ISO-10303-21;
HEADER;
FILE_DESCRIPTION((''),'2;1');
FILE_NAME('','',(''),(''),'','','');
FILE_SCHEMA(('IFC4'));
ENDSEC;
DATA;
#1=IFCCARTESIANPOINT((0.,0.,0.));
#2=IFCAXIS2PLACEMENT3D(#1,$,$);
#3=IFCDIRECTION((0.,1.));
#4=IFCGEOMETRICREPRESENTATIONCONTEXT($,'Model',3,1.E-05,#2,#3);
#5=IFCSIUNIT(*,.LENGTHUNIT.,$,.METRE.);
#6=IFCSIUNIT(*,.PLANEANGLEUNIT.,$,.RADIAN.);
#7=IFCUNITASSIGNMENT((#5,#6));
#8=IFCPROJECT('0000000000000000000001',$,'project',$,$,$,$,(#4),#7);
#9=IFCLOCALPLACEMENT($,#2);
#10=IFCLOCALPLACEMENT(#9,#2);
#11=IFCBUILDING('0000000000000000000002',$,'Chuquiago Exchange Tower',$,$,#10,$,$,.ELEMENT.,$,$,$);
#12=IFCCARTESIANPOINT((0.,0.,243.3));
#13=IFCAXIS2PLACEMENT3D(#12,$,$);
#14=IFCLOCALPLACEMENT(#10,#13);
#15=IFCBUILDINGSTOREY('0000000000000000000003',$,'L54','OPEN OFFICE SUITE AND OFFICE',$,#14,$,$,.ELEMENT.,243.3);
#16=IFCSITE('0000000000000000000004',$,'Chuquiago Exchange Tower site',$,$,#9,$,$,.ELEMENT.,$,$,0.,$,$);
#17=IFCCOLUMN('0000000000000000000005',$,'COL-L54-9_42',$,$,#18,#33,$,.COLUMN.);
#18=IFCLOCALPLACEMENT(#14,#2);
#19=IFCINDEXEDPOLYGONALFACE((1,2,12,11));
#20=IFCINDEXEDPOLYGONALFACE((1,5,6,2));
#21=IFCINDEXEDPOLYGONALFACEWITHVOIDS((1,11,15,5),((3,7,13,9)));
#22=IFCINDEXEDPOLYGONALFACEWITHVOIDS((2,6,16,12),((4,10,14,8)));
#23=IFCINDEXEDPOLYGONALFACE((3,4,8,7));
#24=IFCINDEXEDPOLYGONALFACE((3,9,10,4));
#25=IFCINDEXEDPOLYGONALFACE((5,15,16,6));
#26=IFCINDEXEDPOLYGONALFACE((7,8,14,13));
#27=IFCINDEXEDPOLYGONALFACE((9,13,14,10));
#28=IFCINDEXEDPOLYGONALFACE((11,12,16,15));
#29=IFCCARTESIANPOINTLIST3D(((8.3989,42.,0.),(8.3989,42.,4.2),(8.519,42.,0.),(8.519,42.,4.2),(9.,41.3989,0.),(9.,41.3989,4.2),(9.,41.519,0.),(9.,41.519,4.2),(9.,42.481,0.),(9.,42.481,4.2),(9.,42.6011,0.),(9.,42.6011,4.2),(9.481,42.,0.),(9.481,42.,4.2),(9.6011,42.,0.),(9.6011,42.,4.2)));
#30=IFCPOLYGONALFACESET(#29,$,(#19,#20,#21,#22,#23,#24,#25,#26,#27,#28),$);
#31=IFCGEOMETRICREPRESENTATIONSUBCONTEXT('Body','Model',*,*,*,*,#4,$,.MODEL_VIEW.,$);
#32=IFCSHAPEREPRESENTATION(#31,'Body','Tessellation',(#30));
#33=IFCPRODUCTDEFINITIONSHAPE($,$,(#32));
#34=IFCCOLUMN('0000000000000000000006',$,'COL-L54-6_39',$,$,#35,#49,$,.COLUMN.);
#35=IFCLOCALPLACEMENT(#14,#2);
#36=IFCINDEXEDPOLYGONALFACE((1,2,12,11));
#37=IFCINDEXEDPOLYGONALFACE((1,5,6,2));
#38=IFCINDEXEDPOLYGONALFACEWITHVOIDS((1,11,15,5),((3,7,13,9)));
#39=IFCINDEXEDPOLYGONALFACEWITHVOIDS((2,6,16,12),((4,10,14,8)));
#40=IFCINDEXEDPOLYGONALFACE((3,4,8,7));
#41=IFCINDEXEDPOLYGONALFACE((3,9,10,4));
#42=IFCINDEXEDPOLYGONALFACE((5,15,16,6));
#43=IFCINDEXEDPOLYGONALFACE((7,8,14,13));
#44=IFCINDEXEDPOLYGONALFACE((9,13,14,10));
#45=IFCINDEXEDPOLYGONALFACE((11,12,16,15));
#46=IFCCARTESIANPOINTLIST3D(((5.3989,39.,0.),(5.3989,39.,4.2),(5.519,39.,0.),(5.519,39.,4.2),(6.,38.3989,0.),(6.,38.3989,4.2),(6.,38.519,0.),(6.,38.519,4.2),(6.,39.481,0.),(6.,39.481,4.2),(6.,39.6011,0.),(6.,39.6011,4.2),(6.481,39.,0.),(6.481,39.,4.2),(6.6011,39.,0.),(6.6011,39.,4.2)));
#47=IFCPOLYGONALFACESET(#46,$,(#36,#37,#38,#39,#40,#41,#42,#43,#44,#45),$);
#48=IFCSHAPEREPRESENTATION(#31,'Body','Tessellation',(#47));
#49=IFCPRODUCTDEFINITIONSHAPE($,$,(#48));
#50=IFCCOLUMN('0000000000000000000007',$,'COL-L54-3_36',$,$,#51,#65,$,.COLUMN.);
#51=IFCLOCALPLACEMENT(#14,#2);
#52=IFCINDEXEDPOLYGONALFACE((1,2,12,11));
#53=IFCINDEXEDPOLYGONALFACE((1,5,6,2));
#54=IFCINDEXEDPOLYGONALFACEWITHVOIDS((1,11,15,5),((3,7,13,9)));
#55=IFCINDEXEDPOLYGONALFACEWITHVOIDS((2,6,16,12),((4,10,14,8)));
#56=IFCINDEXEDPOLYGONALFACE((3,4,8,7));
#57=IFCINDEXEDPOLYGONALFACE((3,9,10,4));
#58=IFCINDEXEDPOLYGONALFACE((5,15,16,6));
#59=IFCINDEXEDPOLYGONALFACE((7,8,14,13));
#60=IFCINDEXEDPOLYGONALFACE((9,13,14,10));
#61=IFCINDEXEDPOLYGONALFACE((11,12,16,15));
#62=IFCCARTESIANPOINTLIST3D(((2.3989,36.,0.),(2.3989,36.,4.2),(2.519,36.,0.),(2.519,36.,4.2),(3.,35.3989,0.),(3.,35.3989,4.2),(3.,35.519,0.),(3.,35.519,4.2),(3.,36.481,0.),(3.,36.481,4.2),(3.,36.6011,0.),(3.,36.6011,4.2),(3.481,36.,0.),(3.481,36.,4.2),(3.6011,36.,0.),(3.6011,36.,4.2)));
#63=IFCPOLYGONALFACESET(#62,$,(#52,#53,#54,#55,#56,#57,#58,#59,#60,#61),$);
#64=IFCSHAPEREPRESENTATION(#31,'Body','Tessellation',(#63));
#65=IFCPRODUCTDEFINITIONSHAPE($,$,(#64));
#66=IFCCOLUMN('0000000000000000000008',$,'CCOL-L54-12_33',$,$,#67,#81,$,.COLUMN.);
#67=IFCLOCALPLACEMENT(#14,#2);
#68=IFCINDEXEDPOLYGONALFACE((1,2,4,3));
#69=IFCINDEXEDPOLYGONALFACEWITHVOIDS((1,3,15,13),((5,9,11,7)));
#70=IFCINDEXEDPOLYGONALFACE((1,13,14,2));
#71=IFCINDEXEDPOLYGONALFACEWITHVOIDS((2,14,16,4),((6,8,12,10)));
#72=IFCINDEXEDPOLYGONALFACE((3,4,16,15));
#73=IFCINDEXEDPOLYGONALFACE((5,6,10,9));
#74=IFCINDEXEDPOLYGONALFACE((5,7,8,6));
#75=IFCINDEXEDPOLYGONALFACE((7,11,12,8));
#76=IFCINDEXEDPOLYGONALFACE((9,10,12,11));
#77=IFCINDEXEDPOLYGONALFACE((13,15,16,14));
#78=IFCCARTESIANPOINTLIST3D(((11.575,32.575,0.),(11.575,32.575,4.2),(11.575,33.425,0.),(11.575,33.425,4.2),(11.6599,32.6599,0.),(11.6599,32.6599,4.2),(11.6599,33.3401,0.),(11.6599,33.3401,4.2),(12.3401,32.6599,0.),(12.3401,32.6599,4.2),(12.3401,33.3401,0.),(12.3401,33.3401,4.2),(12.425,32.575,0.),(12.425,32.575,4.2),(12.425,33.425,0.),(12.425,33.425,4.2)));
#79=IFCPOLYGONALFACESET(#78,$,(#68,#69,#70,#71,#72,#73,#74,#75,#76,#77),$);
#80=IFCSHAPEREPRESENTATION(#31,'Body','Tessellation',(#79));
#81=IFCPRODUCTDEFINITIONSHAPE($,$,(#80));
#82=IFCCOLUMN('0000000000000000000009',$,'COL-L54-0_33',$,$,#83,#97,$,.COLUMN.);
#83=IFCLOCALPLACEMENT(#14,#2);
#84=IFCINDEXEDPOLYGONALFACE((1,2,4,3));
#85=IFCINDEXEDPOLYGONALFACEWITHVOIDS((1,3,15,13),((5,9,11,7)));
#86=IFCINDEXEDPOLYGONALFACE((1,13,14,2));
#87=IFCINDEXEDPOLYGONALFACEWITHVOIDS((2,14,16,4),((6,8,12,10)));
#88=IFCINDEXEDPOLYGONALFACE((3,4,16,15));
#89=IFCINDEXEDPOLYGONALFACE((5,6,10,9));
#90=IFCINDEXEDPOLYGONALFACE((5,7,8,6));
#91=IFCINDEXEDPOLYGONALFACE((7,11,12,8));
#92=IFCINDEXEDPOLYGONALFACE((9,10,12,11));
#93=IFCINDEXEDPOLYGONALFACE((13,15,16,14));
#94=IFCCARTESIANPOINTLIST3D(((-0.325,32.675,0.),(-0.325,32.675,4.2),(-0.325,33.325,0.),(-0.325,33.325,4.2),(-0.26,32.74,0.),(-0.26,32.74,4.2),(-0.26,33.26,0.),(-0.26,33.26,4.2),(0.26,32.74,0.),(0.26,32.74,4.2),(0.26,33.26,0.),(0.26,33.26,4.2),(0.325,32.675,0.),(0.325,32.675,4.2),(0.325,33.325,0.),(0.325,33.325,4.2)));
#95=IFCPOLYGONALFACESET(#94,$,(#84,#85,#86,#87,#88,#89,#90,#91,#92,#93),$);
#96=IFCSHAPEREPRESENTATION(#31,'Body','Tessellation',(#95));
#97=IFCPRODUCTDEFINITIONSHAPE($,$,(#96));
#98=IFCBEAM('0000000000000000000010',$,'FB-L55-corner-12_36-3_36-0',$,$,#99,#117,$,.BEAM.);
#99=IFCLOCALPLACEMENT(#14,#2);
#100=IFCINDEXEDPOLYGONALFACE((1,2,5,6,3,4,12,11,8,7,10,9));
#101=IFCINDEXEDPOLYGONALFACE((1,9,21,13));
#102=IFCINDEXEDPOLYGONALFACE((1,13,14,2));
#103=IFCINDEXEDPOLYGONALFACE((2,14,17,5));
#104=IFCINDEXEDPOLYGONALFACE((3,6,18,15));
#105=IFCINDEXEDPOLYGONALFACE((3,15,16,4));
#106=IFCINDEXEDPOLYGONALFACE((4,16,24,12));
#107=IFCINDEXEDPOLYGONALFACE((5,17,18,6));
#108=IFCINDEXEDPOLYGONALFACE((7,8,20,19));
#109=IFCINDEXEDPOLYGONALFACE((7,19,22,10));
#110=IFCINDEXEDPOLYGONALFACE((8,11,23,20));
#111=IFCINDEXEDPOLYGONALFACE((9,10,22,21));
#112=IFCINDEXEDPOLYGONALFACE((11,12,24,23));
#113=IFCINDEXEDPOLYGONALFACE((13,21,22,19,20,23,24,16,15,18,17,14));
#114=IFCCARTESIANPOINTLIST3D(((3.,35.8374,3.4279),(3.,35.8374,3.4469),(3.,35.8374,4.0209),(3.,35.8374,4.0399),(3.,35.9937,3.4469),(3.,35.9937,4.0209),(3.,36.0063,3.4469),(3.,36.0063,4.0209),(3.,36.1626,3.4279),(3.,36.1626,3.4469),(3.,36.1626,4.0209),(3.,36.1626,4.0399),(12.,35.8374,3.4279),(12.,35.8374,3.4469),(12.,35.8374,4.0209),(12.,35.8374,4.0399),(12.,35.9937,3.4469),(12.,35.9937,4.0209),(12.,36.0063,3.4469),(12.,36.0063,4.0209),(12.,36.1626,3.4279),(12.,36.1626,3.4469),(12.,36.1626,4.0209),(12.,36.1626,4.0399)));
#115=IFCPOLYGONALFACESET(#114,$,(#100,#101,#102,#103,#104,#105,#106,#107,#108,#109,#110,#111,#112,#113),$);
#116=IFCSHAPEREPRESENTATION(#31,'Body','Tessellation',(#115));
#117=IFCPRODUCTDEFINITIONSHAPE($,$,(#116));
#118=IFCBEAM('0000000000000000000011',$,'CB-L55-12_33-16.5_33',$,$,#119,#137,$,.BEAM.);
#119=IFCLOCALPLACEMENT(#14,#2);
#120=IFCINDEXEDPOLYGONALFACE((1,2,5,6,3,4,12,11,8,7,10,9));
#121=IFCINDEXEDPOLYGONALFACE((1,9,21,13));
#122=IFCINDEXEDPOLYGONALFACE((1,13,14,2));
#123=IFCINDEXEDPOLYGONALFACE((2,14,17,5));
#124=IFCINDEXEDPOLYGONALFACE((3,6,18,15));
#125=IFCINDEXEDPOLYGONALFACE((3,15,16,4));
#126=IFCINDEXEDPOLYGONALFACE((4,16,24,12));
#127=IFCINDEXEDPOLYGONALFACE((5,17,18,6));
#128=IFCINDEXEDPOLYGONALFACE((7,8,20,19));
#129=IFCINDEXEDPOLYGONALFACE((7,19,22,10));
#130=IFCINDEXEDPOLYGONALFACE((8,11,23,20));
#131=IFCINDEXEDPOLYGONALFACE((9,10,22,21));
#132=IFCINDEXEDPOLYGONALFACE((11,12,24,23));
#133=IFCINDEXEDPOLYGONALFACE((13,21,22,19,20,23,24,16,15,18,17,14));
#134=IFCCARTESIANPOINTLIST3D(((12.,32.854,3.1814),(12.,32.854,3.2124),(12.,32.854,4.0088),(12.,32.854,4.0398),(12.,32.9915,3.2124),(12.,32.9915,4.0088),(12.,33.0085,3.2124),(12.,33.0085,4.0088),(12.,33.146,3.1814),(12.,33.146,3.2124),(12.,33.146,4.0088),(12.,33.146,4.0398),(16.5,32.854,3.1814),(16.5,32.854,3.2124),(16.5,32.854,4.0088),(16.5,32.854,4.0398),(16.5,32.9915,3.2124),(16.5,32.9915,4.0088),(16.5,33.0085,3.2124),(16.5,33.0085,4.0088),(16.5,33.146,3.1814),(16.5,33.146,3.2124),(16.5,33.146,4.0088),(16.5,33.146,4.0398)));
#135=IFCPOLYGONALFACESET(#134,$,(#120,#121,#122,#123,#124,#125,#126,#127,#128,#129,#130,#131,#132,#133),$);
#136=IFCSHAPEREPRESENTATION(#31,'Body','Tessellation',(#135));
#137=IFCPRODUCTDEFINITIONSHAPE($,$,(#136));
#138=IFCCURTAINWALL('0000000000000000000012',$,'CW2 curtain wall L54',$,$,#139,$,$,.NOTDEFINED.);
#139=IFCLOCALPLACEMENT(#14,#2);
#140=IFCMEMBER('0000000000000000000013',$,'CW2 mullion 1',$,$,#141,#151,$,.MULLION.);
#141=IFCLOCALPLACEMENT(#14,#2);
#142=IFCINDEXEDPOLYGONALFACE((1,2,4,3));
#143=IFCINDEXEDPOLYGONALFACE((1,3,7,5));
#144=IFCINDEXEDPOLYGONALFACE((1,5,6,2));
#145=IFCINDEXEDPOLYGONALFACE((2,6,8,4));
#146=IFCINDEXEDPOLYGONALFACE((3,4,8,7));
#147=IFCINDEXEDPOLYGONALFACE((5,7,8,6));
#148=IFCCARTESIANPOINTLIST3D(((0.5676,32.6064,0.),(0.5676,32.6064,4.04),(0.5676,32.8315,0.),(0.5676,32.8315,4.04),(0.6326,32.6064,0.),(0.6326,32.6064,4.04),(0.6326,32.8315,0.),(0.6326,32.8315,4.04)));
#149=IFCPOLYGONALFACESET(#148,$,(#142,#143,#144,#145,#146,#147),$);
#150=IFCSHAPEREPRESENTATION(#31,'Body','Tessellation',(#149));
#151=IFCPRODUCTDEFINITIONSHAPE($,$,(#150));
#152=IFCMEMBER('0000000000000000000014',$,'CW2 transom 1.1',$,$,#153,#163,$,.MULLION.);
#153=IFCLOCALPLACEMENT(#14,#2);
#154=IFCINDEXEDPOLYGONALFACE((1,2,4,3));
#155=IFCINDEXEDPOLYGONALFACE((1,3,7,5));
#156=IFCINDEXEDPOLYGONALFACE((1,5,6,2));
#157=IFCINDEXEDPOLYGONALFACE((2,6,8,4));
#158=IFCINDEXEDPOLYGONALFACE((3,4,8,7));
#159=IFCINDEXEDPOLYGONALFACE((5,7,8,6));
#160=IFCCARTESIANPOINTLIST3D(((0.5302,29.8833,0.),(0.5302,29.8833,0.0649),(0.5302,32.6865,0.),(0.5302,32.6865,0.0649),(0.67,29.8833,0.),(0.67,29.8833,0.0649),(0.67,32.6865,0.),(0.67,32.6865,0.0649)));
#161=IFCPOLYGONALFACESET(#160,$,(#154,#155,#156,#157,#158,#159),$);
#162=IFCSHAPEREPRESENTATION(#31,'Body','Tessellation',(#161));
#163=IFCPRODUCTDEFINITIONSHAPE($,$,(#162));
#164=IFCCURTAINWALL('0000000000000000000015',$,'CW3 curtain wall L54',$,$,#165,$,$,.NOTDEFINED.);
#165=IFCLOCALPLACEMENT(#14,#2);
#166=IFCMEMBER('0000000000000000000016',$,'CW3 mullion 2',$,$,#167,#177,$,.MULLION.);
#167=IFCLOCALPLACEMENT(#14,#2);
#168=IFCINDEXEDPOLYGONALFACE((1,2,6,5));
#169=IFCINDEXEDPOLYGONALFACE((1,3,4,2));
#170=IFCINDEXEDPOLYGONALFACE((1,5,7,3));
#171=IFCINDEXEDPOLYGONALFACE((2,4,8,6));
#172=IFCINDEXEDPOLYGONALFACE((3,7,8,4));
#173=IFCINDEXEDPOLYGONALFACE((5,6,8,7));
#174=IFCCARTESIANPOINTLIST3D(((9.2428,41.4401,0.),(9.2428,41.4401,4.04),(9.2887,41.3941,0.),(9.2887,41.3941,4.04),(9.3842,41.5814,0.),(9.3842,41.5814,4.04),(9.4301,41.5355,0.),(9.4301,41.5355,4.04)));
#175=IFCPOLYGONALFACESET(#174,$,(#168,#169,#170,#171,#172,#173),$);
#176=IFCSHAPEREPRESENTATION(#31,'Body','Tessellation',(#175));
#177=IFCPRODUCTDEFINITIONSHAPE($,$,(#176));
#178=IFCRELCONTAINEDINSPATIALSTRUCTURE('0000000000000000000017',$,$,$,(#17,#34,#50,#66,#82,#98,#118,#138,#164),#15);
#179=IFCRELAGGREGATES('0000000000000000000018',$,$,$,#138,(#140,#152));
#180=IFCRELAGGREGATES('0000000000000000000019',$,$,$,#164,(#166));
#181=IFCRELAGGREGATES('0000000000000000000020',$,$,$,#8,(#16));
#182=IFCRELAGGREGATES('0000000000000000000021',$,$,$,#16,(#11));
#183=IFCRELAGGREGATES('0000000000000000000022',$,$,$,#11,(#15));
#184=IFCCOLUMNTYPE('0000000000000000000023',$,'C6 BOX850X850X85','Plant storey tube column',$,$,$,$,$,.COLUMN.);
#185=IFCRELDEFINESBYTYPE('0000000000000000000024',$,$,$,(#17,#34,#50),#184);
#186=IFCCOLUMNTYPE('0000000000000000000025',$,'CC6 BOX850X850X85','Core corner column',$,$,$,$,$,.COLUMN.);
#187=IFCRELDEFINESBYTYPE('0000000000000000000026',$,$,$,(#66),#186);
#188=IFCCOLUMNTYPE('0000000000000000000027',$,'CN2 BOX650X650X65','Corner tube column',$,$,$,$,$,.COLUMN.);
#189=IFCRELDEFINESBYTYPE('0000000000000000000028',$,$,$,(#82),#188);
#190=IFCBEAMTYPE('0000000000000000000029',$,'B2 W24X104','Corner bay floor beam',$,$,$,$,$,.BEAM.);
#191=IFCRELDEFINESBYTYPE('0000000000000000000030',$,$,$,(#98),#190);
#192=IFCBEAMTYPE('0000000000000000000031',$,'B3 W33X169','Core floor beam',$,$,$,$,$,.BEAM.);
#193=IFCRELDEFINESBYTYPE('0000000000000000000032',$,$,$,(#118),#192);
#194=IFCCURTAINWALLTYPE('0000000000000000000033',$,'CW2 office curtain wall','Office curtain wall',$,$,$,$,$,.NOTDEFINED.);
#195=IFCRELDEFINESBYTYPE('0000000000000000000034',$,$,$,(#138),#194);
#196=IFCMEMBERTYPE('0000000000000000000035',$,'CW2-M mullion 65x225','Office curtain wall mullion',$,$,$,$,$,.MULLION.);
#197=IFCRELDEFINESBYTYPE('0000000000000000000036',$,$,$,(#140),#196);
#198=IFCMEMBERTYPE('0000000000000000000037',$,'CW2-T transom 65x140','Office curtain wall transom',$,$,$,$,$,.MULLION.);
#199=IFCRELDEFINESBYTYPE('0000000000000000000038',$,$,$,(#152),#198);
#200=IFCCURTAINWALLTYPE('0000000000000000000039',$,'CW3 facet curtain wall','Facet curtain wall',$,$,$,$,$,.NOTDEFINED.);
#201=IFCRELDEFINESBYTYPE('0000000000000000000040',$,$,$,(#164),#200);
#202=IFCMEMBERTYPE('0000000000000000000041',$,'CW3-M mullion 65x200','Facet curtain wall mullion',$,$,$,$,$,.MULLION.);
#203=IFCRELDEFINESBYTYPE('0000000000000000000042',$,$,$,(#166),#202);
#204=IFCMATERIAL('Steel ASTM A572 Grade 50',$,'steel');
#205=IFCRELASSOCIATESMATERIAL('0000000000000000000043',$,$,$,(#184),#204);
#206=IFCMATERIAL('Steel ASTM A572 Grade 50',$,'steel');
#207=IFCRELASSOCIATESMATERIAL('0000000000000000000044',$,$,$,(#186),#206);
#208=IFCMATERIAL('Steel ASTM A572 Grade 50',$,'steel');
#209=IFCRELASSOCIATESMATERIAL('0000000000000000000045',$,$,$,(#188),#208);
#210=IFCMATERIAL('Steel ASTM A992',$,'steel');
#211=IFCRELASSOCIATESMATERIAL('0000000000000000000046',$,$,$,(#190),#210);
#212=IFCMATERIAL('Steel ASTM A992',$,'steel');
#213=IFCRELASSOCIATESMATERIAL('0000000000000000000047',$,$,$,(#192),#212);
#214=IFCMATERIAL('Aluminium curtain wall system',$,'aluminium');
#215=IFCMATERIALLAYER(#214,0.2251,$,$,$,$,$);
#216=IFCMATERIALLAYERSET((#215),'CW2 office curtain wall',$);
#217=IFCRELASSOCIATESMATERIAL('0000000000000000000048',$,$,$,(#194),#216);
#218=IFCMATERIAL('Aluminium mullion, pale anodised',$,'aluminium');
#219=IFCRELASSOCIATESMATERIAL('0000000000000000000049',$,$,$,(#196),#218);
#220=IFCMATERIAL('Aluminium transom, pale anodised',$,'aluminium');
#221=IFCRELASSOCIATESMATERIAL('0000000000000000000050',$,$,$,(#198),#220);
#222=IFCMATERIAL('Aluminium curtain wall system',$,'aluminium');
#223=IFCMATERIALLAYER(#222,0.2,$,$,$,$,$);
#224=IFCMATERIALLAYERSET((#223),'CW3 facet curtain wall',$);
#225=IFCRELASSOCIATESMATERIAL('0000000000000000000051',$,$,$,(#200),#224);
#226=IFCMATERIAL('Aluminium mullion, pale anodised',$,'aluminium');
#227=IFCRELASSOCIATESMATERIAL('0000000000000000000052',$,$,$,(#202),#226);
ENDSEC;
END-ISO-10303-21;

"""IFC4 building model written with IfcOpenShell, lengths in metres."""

from ifc_helpers import new_model, si_unit, direction, frame, origin, origin_2d, place, context, subcontext, project, spatial, rectangle, hollow_rectangle, i_section, extrude, material, layer, layer_set, material_profile, profile_set, type_object, element, aggregate, save


model = new_model("IFC4")

# Units and contexts
model_context = context("Model", 3, precision=1e-05, world=origin(), true_north=direction((0.0, 1.0)))
body_context = subcontext(model_context, "Body", "Model", "MODEL_VIEW")
ifc_project = project(units=[si_unit("LENGTHUNIT", "METRE"), si_unit("PLANEANGLEUNIT", "RADIAN")], contexts=[model_context])

# Site, building, storey
site_placement = place(None, origin())
site = spatial("IfcSite", under=ifc_project, at=site_placement, Name="Chuquiago Exchange Tower site", CompositionType="ELEMENT", RefElevation=0.0)
building_placement = place(site_placement, origin())
building = spatial("IfcBuilding", under=site, at=building_placement, Name="Chuquiago Exchange Tower", CompositionType="ELEMENT")
storey_placement = place(building_placement, frame((0.0, 0.0, 243.3)))
storey = spatial("IfcBuildingStorey", under=building, at=storey_placement, Name="L54", Description="OPEN OFFICE SUITE AND OFFICE", CompositionType="ELEMENT", Elevation=243.3)

# Columns
ifc_material_1 = material(Name="Steel ASTM A572 Grade 50", Category="steel")
ifc_material_profile_1 = material_profile(ifc_material_1, hollow_rectangle(XDim=0.8501, YDim=0.8501, WallThickness=0.085, at=origin_2d()), Name="BOX850X850X85")
ifc_profile_set_1 = profile_set([ifc_material_profile_1], Name="Steel ASTM A572 Grade 50")
column_type_1 = type_object("IfcColumnType", Name="C6 BOX850X850X85", Description="Plant storey tube column", PredefinedType="COLUMN", material=ifc_profile_set_1)
for number, where, z_axis, x_axis, name in (
    (1, (9.0, 42.0, 0.0), (0.0, 0.0, 1.0), (-0.707107, 0.707107, 0.0), "COL-L54-9_42"),
    (2, (6.0, 39.0, 0.0), (0.0, 0.0, 1.0), (-0.707107, 0.707107, 0.0), "COL-L54-6_39"),
    (3, (3.0, 36.0, 0.0), (0.0, 0.0, 1.0), (-0.707107, 0.707107, 0.0), "COL-L54-3_36"),
):
    element("IfcColumn", number, at=place(storey_placement, frame(where, z_axis=z_axis, x_axis=x_axis)), inside=storey, type_object=column_type_1, Name=name, PredefinedType="COLUMN", context=body_context, shape_type="SweptSolid", body=[
        extrude(hollow_rectangle(XDim=0.8501, YDim=0.8501, WallThickness=0.085, at=origin_2d()), origin(), (0.0, 0.0, 1.0), 4.2),
    ])
ifc_material_2 = material(Name="Steel ASTM A572 Grade 50", Category="steel")
ifc_material_profile_2 = material_profile(ifc_material_2, hollow_rectangle(XDim=0.8501, YDim=0.8501, WallThickness=0.085, at=origin_2d()), Name="BOX850X850X85")
ifc_profile_set_2 = profile_set([ifc_material_profile_2], Name="Steel ASTM A572 Grade 50")
column_type_2 = type_object("IfcColumnType", Name="CC6 BOX850X850X85", Description="Core corner column", PredefinedType="COLUMN", material=ifc_profile_set_2)
column_1_placement = place(storey_placement, frame((12.0, 33.0, 0.0), z_axis=(0.0, 0.0, 1.0), x_axis=(1.0, 0.0, 0.0)))
element("IfcColumn", 4, at=column_1_placement, inside=storey, type_object=column_type_2, Name="CCOL-L54-12_33", PredefinedType="COLUMN", context=body_context, shape_type="SweptSolid", body=[
    extrude(hollow_rectangle(XDim=0.8501, YDim=0.8501, WallThickness=0.085, at=origin_2d()), origin(), (0.0, 0.0, 1.0), 4.2),
])
ifc_material_3 = material(Name="Steel ASTM A572 Grade 50", Category="steel")
ifc_material_profile_3 = material_profile(ifc_material_3, hollow_rectangle(XDim=0.6499, YDim=0.6499, WallThickness=0.0649, at=origin_2d()), Name="BOX650X650X65")
ifc_profile_set_3 = profile_set([ifc_material_profile_3], Name="Steel ASTM A572 Grade 50")
column_type_3 = type_object("IfcColumnType", Name="CN2 BOX650X650X65", Description="Corner tube column", PredefinedType="COLUMN", material=ifc_profile_set_3)
column_2_placement = place(storey_placement, frame((0.0, 33.0, 0.0), z_axis=(0.0, 0.0, 1.0), x_axis=(-1.0, 0.0, 0.0)))
element("IfcColumn", 5, at=column_2_placement, inside=storey, type_object=column_type_3, Name="COL-L54-0_33", PredefinedType="COLUMN", context=body_context, shape_type="SweptSolid", body=[
    extrude(hollow_rectangle(XDim=0.6499, YDim=0.6499, WallThickness=0.0649, at=origin_2d()), origin(), (0.0, 0.0, 1.0), 4.2),
])

# Beams
ifc_material_4 = material(Name="Steel ASTM A992", Category="steel")
ifc_material_profile_4 = material_profile(ifc_material_4, i_section(OverallWidth=0.3252, OverallDepth=0.6121, WebThickness=0.0127, FlangeThickness=0.019, at=origin_2d()), Name="W24X104")
ifc_profile_set_4 = profile_set([ifc_material_profile_4], Name="Steel ASTM A992")
beam_type_1 = type_object("IfcBeamType", Name="B2 W24X104", Description="Corner bay floor beam", PredefinedType="BEAM", material=ifc_profile_set_4)
beam_1_placement = place(storey_placement, frame((12.0, 36.0, 3.7339), z_axis=(-1.0, 0.0, 0.0), x_axis=(0.0, -1.0, 0.0)))
element("IfcBeam", 6, at=beam_1_placement, inside=storey, type_object=beam_type_1, Name="FB-L55-corner-12_36-3_36-0", PredefinedType="BEAM", context=body_context, shape_type="SweptSolid", body=[
    extrude(i_section(OverallWidth=0.3252, OverallDepth=0.6121, WebThickness=0.0127, FlangeThickness=0.019, at=origin_2d()), origin(), (0.0, 0.0, 1.0), 9.0),
])
ifc_material_5 = material(Name="Steel ASTM A992", Category="steel")
ifc_material_profile_5 = material_profile(ifc_material_5, i_section(OverallWidth=0.292, OverallDepth=0.8584, WebThickness=0.0171, FlangeThickness=0.031, at=origin_2d()), Name="W33X169")
ifc_profile_set_5 = profile_set([ifc_material_profile_5], Name="Steel ASTM A992")
beam_type_2 = type_object("IfcBeamType", Name="B3 W33X169", Description="Core floor beam", PredefinedType="BEAM", material=ifc_profile_set_5)
beam_2_placement = place(storey_placement, frame((12.0, 33.0, 3.6106), z_axis=(1.0, 0.0, 0.0), x_axis=(0.0, 1.0, 0.0)))
element("IfcBeam", 7, at=beam_2_placement, inside=storey, type_object=beam_type_2, Name="CB-L55-12_33-16.5_33", PredefinedType="BEAM", context=body_context, shape_type="SweptSolid", body=[
    extrude(i_section(OverallWidth=0.292, OverallDepth=0.8584, WebThickness=0.0171, FlangeThickness=0.031, at=origin_2d()), origin(), (0.0, 0.0, 1.0), 4.5),
])

# Curtain walls, members
ifc_material_6 = material(Name="Aluminium curtain wall system", Category="aluminium")
ifc_layer_1 = layer(ifc_material_6, 0.2251)
ifc_layer_set_1 = layer_set([ifc_layer_1], Name="CW2 office curtain wall")
curtain_wall_type_1 = type_object("IfcCurtainWallType", Name="CW2 office curtain wall", Description="Office curtain wall", PredefinedType="NOTDEFINED", material=ifc_layer_set_1)
curtain_wall_1_placement = place(storey_placement, origin())
curtain_wall_1 = element("IfcCurtainWall", 8, at=curtain_wall_1_placement, inside=storey, type_object=curtain_wall_type_1, Name="CW2 curtain wall L54", PredefinedType="NOTDEFINED")
ifc_material_7 = material(Name="Aluminium mullion, pale anodised", Category="aluminium")
ifc_material_profile_6 = material_profile(ifc_material_7, rectangle(XDim=0.0649, YDim=0.2251, at=origin_2d()), Name="AL 65x225")
ifc_profile_set_6 = profile_set([ifc_material_profile_6], Name="Aluminium mullion, pale anodised")
member_type_1 = type_object("IfcMemberType", Name="CW2-M mullion 65x225", Description="Office curtain wall mullion", PredefinedType="MULLION", material=ifc_profile_set_6)
member_1_placement = place(storey_placement, frame((0.6001, 32.719, 0.0), z_axis=(0.0, 0.0, 1.0), x_axis=(1.0, 0.0, 0.0)))
member_1 = element("IfcMember", 9, at=member_1_placement, type_object=member_type_1, Name="CW2 mullion 1", PredefinedType="MULLION", context=body_context, shape_type="SweptSolid", body=[
    extrude(rectangle(XDim=0.0649, YDim=0.2251, at=origin_2d()), origin(), (0.0, 0.0, 1.0), 4.04),
])
ifc_material_8 = material(Name="Aluminium transom, pale anodised", Category="aluminium")
ifc_material_profile_7 = material_profile(ifc_material_8, rectangle(XDim=0.1399, YDim=0.0649, at=origin_2d()), Name="AL 140x65")
ifc_profile_set_7 = profile_set([ifc_material_profile_7], Name="Aluminium transom, pale anodised")
member_type_2 = type_object("IfcMemberType", Name="CW2-T transom 65x140", Description="Office curtain wall transom", PredefinedType="MULLION", material=ifc_profile_set_7)
member_2_placement = place(storey_placement, frame((0.6001, 32.6865, 0.0325), z_axis=(0.0, -1.0, 0.0), x_axis=(1.0, 0.0, 0.0)))
member_2 = element("IfcMember", 10, at=member_2_placement, type_object=member_type_2, Name="CW2 transom 1.1", PredefinedType="MULLION", context=body_context, shape_type="SweptSolid", body=[
    extrude(rectangle(XDim=0.1399, YDim=0.0649, at=origin_2d()), origin(), (0.0, 0.0, 1.0), 2.8032),
])
ifc_material_9 = material(Name="Aluminium curtain wall system", Category="aluminium")
ifc_layer_2 = layer(ifc_material_9, 0.2)
ifc_layer_set_2 = layer_set([ifc_layer_2], Name="CW3 facet curtain wall")
curtain_wall_type_2 = type_object("IfcCurtainWallType", Name="CW3 facet curtain wall", Description="Facet curtain wall", PredefinedType="NOTDEFINED", material=ifc_layer_set_2)
curtain_wall_2_placement = place(storey_placement, origin())
curtain_wall_2 = element("IfcCurtainWall", 11, at=curtain_wall_2_placement, inside=storey, type_object=curtain_wall_type_2, Name="CW3 curtain wall L54", PredefinedType="NOTDEFINED")
ifc_material_10 = material(Name="Aluminium mullion, pale anodised", Category="aluminium")
ifc_material_profile_8 = material_profile(ifc_material_10, rectangle(XDim=0.0649, YDim=0.2, at=origin_2d()), Name="AL 65x200")
ifc_profile_set_8 = profile_set([ifc_material_profile_8], Name="Aluminium mullion, pale anodised")
member_type_3 = type_object("IfcMemberType", Name="CW3-M mullion 65x200", Description="Facet curtain wall mullion", PredefinedType="MULLION", material=ifc_profile_set_8)
member_3_placement = place(storey_placement, frame((9.3364, 41.4878, 0.0), z_axis=(0.0, 0.0, 1.0), x_axis=(0.707107, -0.707107, 0.0)))
member_3 = element("IfcMember", 12, at=member_3_placement, type_object=member_type_3, Name="CW3 mullion 2", PredefinedType="MULLION", context=body_context, shape_type="SweptSolid", body=[
    extrude(rectangle(XDim=0.0649, YDim=0.2, at=origin_2d()), origin(), (0.0, 0.0, 1.0), 4.04),
])

aggregate(curtain_wall_1, [member_1, member_2])
aggregate(curtain_wall_2, [member_3])

save(model, "model.ifc")
